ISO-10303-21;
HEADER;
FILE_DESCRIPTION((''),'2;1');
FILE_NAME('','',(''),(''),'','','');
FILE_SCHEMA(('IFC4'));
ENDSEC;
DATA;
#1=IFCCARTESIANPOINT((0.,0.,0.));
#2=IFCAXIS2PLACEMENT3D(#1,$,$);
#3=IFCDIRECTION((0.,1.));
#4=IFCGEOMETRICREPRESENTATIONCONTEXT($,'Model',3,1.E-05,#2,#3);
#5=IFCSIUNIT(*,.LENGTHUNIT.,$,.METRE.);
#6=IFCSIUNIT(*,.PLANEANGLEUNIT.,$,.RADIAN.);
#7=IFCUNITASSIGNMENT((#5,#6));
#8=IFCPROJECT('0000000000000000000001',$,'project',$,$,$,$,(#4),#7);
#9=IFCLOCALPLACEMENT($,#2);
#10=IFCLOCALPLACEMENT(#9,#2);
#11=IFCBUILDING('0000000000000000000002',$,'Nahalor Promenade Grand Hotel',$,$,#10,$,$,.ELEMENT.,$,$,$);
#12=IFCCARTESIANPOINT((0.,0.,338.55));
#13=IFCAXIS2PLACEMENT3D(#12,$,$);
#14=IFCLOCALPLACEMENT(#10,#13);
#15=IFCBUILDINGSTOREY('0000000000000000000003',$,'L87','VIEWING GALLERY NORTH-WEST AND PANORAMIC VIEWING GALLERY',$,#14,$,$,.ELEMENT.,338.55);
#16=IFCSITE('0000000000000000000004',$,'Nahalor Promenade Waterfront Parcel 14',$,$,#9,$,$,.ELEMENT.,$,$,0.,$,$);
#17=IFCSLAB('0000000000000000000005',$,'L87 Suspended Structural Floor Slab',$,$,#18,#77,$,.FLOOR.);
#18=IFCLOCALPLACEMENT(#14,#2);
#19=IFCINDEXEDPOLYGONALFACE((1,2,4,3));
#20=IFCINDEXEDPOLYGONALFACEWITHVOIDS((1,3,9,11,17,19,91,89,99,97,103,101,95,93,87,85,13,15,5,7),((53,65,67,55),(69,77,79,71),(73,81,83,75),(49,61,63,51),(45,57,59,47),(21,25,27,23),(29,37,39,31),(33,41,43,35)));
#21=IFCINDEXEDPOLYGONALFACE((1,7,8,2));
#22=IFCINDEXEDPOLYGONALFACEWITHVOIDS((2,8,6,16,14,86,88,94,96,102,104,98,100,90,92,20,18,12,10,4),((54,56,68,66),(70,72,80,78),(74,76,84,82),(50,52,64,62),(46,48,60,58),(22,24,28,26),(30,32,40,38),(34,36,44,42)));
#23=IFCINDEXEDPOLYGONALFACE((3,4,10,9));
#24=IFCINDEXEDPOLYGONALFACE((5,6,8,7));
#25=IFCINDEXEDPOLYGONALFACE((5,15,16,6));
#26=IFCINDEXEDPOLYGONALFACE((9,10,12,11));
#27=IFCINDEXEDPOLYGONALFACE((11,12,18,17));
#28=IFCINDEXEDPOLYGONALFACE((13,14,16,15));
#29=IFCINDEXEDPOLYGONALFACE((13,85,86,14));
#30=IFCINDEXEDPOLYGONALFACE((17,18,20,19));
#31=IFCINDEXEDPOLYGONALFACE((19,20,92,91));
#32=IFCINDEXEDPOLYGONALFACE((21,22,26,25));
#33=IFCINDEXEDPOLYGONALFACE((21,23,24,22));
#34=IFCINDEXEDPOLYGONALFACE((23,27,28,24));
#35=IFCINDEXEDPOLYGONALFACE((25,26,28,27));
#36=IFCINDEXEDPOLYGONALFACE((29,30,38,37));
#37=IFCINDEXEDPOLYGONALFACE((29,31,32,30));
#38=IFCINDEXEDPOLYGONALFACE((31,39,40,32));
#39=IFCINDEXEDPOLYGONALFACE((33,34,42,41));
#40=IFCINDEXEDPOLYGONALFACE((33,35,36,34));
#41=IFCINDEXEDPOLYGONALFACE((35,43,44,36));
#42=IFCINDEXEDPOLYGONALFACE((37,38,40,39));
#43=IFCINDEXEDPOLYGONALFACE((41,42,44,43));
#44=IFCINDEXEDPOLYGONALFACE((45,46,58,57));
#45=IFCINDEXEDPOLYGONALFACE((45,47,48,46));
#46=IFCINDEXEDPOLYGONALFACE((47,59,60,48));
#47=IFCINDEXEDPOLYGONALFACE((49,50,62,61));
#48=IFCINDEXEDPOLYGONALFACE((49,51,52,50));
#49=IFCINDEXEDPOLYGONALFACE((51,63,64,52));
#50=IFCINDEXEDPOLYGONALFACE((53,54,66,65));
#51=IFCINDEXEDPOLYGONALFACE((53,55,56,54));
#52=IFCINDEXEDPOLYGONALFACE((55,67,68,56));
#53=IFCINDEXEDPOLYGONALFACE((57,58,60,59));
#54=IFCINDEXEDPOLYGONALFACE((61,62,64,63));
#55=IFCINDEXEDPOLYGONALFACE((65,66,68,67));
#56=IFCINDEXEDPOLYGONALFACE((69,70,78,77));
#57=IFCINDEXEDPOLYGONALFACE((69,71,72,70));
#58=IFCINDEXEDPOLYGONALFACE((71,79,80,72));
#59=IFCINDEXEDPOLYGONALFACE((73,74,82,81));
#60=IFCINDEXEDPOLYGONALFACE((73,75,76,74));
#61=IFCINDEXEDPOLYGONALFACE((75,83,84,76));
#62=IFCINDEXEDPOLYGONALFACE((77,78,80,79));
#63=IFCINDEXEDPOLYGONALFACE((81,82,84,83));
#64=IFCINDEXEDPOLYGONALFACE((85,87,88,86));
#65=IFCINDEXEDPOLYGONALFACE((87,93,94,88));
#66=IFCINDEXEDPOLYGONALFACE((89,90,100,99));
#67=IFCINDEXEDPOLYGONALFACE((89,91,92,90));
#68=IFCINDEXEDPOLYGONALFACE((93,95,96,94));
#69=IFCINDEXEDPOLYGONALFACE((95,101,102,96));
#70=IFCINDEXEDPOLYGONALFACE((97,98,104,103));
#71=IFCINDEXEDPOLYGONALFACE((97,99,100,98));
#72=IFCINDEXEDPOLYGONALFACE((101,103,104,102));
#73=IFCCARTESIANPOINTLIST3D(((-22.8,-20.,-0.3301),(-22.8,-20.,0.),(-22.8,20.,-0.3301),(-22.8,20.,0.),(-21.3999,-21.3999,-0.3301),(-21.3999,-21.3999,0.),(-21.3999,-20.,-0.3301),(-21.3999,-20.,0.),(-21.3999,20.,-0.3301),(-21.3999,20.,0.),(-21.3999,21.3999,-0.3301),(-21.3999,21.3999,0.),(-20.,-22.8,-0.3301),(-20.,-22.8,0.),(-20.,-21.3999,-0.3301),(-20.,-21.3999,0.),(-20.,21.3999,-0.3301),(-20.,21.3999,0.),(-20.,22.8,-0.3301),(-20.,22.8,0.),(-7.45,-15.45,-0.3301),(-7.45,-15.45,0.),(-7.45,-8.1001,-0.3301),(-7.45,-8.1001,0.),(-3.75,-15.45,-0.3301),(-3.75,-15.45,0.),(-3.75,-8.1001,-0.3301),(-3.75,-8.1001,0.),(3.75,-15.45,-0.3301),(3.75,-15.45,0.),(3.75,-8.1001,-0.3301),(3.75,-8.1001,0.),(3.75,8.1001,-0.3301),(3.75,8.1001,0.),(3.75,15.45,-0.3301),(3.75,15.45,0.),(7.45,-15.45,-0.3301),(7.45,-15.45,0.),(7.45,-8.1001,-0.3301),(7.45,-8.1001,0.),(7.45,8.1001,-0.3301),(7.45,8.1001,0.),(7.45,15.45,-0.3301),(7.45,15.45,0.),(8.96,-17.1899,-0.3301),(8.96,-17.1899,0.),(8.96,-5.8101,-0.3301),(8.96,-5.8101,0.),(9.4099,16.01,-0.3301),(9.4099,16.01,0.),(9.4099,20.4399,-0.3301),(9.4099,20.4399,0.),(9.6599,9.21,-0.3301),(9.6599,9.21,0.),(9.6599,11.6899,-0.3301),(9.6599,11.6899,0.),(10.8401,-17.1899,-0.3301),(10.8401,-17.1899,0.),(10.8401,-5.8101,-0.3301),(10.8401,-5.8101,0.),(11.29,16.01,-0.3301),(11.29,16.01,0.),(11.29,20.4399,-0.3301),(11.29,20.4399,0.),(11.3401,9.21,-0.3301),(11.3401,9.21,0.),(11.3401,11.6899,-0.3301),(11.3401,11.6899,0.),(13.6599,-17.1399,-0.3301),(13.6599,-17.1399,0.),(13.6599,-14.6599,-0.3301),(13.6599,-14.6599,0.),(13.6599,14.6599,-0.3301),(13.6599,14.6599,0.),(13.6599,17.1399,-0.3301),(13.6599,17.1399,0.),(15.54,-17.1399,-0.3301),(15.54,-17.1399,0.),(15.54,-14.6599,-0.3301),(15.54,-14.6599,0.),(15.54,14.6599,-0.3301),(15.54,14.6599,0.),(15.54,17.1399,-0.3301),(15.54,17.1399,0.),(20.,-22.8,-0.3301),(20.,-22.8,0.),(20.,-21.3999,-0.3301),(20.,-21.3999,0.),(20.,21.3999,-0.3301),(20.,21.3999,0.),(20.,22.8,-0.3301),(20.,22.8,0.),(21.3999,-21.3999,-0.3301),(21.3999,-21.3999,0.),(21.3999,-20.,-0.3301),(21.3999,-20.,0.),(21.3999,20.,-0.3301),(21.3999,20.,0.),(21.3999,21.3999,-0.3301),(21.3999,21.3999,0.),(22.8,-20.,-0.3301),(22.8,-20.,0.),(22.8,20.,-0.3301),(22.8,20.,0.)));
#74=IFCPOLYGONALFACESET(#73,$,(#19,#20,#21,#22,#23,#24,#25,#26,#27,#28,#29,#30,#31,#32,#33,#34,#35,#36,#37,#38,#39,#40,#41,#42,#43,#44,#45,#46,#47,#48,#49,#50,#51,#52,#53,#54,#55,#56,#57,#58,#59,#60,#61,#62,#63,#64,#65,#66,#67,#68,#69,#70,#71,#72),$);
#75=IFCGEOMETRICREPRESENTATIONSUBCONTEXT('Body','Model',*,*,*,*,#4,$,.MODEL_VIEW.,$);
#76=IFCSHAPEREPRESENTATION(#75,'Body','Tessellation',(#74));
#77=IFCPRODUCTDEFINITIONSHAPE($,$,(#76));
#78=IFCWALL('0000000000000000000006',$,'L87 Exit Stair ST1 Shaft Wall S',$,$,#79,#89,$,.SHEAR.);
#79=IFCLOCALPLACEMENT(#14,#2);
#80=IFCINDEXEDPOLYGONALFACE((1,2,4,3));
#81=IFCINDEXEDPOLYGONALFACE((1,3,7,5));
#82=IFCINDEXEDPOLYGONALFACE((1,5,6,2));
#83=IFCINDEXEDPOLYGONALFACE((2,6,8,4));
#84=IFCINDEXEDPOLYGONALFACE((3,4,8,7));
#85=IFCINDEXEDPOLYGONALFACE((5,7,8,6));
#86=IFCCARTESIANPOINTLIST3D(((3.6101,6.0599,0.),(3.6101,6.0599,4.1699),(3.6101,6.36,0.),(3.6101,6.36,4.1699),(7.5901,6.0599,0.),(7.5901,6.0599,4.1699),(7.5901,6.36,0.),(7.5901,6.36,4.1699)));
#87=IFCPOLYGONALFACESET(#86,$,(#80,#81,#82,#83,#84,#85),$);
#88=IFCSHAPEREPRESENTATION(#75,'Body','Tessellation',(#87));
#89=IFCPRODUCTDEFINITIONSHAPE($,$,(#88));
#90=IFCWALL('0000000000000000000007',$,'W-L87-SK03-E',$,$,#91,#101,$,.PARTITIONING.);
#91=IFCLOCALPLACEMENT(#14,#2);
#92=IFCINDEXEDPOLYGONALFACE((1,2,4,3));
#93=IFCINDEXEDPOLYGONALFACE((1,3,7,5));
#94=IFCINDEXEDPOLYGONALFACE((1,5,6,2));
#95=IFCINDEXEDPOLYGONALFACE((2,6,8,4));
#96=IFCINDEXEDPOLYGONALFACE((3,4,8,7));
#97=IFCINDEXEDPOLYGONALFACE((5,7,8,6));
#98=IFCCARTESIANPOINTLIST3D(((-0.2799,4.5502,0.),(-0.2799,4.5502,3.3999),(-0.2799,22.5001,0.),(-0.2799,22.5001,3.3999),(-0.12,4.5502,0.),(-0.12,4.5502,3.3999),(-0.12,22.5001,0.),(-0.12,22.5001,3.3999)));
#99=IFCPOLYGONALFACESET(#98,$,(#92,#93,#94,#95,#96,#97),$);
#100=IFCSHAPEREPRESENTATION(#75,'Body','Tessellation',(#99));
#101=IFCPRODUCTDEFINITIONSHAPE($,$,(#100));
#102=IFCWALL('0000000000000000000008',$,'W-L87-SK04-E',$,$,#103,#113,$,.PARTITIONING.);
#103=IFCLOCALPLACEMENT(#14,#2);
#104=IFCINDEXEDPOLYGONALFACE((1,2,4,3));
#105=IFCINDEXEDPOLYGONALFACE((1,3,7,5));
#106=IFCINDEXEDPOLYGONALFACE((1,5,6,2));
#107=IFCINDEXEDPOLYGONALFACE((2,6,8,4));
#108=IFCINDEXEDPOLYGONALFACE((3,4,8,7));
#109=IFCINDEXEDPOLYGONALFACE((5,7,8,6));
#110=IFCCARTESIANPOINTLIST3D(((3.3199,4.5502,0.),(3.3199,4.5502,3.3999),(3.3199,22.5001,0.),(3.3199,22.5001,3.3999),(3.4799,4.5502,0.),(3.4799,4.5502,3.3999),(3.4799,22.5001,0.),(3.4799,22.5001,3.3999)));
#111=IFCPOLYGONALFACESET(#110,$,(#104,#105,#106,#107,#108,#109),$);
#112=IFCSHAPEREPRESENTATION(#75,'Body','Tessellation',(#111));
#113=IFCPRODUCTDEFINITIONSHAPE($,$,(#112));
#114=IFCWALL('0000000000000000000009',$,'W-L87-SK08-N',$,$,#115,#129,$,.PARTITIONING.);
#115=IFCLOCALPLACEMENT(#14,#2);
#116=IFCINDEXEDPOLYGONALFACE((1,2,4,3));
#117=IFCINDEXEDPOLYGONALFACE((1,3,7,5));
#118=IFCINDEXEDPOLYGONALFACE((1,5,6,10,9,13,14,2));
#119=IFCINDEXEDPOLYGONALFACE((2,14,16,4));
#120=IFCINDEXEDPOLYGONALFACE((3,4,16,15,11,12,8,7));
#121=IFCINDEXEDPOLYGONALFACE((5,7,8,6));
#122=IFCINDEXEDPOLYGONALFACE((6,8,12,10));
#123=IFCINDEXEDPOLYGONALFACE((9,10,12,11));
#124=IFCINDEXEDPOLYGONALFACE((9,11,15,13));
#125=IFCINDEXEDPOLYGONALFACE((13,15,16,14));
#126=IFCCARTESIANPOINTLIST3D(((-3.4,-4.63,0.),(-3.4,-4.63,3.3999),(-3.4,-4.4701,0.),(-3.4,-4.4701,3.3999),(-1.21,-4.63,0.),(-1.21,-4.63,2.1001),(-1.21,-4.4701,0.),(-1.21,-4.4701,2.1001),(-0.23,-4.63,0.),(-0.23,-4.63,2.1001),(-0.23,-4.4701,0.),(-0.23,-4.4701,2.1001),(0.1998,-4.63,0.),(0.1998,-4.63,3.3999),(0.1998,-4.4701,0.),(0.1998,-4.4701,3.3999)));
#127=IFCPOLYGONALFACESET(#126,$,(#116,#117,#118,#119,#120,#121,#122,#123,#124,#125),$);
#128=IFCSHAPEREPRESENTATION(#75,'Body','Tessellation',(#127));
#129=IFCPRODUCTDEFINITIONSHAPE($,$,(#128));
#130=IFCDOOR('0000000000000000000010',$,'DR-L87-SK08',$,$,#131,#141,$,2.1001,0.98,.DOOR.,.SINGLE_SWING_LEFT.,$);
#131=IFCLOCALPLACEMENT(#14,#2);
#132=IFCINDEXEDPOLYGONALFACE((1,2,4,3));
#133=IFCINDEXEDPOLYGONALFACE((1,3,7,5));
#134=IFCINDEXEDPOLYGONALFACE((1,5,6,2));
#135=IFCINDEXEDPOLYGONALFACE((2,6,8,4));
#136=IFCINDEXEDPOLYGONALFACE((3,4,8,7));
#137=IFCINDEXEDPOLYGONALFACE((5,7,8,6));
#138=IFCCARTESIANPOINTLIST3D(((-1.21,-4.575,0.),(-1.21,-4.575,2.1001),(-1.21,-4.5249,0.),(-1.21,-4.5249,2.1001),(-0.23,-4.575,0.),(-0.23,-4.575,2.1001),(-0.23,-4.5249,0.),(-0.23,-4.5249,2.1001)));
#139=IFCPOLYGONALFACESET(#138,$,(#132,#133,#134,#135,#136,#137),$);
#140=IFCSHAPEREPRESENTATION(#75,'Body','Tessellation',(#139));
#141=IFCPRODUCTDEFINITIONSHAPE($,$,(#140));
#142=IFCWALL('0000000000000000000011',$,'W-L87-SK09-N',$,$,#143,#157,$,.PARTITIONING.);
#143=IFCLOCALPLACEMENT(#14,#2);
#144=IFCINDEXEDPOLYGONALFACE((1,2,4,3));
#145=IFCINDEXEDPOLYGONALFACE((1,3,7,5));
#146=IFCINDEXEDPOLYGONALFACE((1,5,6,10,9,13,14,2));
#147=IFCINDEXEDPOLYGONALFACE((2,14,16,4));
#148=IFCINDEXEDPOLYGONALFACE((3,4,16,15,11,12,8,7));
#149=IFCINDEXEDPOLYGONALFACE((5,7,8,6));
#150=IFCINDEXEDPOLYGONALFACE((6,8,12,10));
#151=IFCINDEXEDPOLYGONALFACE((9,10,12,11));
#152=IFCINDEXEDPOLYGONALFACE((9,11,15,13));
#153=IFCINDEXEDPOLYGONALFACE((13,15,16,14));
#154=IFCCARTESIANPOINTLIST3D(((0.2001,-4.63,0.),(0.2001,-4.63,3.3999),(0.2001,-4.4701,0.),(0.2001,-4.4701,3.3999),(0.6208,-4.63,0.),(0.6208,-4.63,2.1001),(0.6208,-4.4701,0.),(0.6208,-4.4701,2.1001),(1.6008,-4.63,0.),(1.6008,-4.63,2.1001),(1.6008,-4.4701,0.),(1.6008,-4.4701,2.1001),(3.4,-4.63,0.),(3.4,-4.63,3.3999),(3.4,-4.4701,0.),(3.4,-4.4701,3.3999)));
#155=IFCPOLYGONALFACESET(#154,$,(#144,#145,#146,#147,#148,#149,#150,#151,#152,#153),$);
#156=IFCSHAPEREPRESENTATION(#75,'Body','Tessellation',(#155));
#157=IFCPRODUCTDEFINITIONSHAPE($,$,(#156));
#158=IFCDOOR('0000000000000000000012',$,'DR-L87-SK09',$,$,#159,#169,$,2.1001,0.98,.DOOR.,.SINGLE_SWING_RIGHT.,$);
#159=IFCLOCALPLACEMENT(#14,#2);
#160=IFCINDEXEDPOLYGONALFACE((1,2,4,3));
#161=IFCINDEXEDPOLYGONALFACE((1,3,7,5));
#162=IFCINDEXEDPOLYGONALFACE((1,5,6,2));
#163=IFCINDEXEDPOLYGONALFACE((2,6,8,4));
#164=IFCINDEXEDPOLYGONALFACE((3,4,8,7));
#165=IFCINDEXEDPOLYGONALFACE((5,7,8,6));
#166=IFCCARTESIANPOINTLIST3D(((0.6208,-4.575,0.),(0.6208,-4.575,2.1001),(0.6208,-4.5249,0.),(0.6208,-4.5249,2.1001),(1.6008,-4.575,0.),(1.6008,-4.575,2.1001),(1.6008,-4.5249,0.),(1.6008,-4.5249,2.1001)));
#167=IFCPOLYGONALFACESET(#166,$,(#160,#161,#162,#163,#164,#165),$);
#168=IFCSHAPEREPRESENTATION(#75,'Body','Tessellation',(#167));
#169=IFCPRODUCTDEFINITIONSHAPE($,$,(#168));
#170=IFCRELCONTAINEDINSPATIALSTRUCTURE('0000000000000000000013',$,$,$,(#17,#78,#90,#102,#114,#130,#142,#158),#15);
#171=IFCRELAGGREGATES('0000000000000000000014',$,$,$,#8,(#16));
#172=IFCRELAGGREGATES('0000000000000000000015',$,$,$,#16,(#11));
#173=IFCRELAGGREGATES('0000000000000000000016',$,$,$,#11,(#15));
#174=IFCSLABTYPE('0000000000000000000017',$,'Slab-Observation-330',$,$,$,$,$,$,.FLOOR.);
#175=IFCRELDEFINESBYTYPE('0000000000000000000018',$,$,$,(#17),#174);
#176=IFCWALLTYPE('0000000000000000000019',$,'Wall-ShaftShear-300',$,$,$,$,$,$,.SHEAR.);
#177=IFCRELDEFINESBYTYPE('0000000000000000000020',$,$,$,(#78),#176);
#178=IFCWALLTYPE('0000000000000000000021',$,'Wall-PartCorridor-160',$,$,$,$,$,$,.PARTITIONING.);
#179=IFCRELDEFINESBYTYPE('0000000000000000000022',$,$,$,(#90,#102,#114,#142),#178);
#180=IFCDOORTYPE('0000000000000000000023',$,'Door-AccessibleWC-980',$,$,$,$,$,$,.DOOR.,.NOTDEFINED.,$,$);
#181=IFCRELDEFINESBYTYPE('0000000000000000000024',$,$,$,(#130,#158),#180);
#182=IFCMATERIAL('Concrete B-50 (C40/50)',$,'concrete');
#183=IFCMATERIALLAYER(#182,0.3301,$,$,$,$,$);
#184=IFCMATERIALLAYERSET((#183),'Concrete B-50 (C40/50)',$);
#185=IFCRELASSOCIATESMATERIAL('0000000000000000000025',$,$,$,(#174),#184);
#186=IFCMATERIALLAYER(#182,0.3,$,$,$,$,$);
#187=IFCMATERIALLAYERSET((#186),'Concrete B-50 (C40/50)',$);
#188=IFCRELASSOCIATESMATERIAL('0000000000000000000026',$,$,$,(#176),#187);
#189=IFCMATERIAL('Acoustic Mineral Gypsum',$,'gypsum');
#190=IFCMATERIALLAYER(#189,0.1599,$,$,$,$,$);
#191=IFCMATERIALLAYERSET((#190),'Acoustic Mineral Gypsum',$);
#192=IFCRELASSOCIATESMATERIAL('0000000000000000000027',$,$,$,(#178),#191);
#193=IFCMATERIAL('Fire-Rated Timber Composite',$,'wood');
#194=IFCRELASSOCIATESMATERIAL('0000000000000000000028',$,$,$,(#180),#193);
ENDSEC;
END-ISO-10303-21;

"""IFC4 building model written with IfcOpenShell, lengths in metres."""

from ifc_helpers import new_model, si_unit, direction, frame, frame_2d, origin, place, context, subcontext, project, spatial, polyline, rectangle, outline, extrude, source, transform, mapped, material, layer, layer_set, type_object, element, fill, save


model = new_model("IFC4")

# Units and contexts
model_context = context("Model", 3, precision=1e-05, world=origin(), true_north=direction((0.0, 1.0)))
body_context = subcontext(model_context, "Body", "Model", "MODEL_VIEW")
ifc_project = project(units=[si_unit("LENGTHUNIT", "METRE"), si_unit("PLANEANGLEUNIT", "RADIAN")], contexts=[model_context])

# Site, building, storey
site_placement = place(None, origin())
site = spatial("IfcSite", under=ifc_project, at=site_placement, Name="Nahalor Promenade Waterfront Parcel 14", CompositionType="ELEMENT", RefElevation=0.0)
building_placement = place(site_placement, origin())
building = spatial("IfcBuilding", under=site, at=building_placement, Name="Nahalor Promenade Grand Hotel", CompositionType="ELEMENT")
storey_placement = place(building_placement, frame((0.0, 0.0, 338.55)))
storey = spatial("IfcBuildingStorey", under=building, at=storey_placement, Name="L87", Description="VIEWING GALLERY NORTH-WEST AND PANORAMIC VIEWING GALLERY", CompositionType="ELEMENT", Elevation=338.55)

# Shared definitions
ifc_material_1 = material(Name="Concrete B-50 (C40/50)", Category="concrete")

# Slab
ifc_layer_1 = layer(ifc_material_1, 0.3301)
ifc_layer_set_1 = layer_set([ifc_layer_1], Name="Concrete B-50 (C40/50)")
slab_type_1 = type_object("IfcSlabType", Name="Slab-Observation-330", PredefinedType="FLOOR", material=ifc_layer_set_1)
slab_1_placement = place(storey_placement, frame((0.0, 0.0, -0.3301)))
element("IfcSlab", 1, at=slab_1_placement, inside=storey, type_object=slab_type_1, Name="L87 Suspended Structural Floor Slab", PredefinedType="FLOOR", context=body_context, shape_type="SweptSolid", body=[
    extrude(outline(polyline([(-20.0, -22.8), (20.0, -22.8), (20.0, -21.3999), (21.3999, -21.3999), (21.3999, -20.0), (22.8, -20.0), (22.8, 20.0), (21.3999, 20.0), (21.3999, 21.3999), (20.0, 21.3999), (20.0, 22.8), (-20.0, 22.8), (-20.0, 21.3999), (-21.3999, 21.3999), (-21.3999, 20.0), (-22.8, 20.0), (-22.8, -20.0), (-21.3999, -20.0), (-21.3999, -21.3999), (-20.0, -21.3999), (-20.0, -22.8)]), holes=[polyline([(3.75, 8.1001), (7.45, 8.1001), (7.45, 15.45), (3.75, 15.45), (3.75, 8.1001)]), polyline([(3.75, -15.45), (7.45, -15.45), (7.45, -8.1001), (3.75, -8.1001), (3.75, -15.45)]), polyline([(-7.45, -15.45), (-3.75, -15.45), (-3.75, -8.1001), (-7.45, -8.1001), (-7.45, -15.45)]), polyline([(8.96, -17.1899), (10.8401, -17.1899), (10.8401, -5.8101), (8.96, -5.8101), (8.96, -17.1899)]), polyline([(9.4099, 16.01), (11.29, 16.01), (11.29, 20.4399), (9.4099, 20.4399), (9.4099, 16.01)]), polyline([(9.6599, 9.21), (11.3401, 9.21), (11.3401, 11.6899), (9.6599, 11.6899), (9.6599, 9.21)]), polyline([(13.6599, 14.6599), (15.54, 14.6599), (15.54, 17.1399), (13.6599, 17.1399), (13.6599, 14.6599)]), polyline([(13.6599, -17.1399), (15.54, -17.1399), (15.54, -14.6599), (13.6599, -14.6599), (13.6599, -17.1399)])]), origin(), (0.0, 0.0, 1.0), 0.3301),
])

# Wall
ifc_layer_2 = layer(ifc_material_1, 0.3)
ifc_layer_set_2 = layer_set([ifc_layer_2], Name="Concrete B-50 (C40/50)")
wall_type_1 = type_object("IfcWallType", Name="Wall-ShaftShear-300", PredefinedType="SHEAR", material=ifc_layer_set_2)
shared_shape_1 = source(origin(), body_context, "Body", "SweptSolid", [
    extrude(rectangle(XDim=3.98, YDim=0.3, at=frame_2d((1.99, 0.0))), origin(), (0.0, 0.0, 1.0), 4.1699),
])
wall_1_placement = place(storey_placement, frame((3.6101, 6.21, 0.0), z_axis=(0.0, 0.0, 1.0), x_axis=(1.0, 0.0, 0.0)))
element("IfcWall", 2, at=wall_1_placement, inside=storey, type_object=wall_type_1, Name="L87 Exit Stair ST1 Shaft Wall S", PredefinedType="SHEAR", context=body_context, shape_type="MappedRepresentation", body=[
    mapped(shared_shape_1, transform((0.0, 0.0, 0.0), scale=1.0)),
])

# Shared definitions
ifc_material_2 = material(Name="Acoustic Mineral Gypsum", Category="gypsum")
ifc_layer_3 = layer(ifc_material_2, 0.1599)
ifc_layer_set_3 = layer_set([ifc_layer_3], Name="Acoustic Mineral Gypsum")
wall_type_2 = type_object("IfcWallType", Name="Wall-PartCorridor-160", PredefinedType="PARTITIONING", material=ifc_layer_set_3)
ifc_material_3 = material(Name="Fire-Rated Timber Composite", Category="wood")

# Walls
shared_shape_2 = source(origin(), body_context, "Body", "SweptSolid", [
    extrude(rectangle(XDim=17.95, YDim=0.1599, at=frame_2d((8.9751, 0.0))), origin(), (0.0, 0.0, 1.0), 3.3999),
])
for number, where, z_axis, x_axis, name in (
    (3, (-0.2, 4.55, 0.0), (0.0, 0.0, 1.0), (0.0, 1.0, 0.0), "W-L87-SK03-E"),
    (4, (3.3999, 4.55, 0.0), (0.0, 0.0, 1.0), (0.0, 1.0, 0.0), "W-L87-SK04-E"),
):
    element("IfcWall", number, at=place(storey_placement, frame(where, z_axis=z_axis, x_axis=x_axis)), inside=storey, type_object=wall_type_2, Name=name, PredefinedType="PARTITIONING", context=body_context, shape_type="MappedRepresentation", body=[
        mapped(shared_shape_2, transform((0.0, 0.0, 0.0), scale=1.0)),
    ])

# Walls, openings, doors
shared_shape_3 = source(origin(), body_context, "Body", "SweptSolid", [
    extrude(rectangle(XDim=3.5999, YDim=0.1599, at=frame_2d((1.7998, 0.0))), origin(), (0.0, 0.0, 1.0), 3.3999),
])
wall_2_placement = place(storey_placement, frame((-3.3999, -4.55, 0.0), z_axis=(0.0, 0.0, 1.0), x_axis=(1.0, 0.0, 0.0)))
wall_2 = element("IfcWall", 5, at=wall_2_placement, inside=storey, type_object=wall_type_2, Name="W-L87-SK08-N", PredefinedType="PARTITIONING", context=body_context, shape_type="MappedRepresentation", body=[
    mapped(shared_shape_3, transform((0.0, 0.0, 0.0), scale=1.0)),
])
opening_1_placement = place(wall_2_placement, frame((2.1899, 0.0, 0.0)))
opening_1 = element("IfcOpeningElement", 6, at=opening_1_placement, cuts=wall_2, PredefinedType="OPENING", context=body_context, shape_type="SweptSolid", body=[
    extrude(rectangle(XDim=0.98, YDim=2.1001, at=frame_2d((0.49, 1.05))), frame((0.0, 0.0898, 0.0), z_axis=(0.0, -1.0, 0.0), x_axis=(1.0, 0.0, 0.0)), (0.0, 0.0, 1.0), 0.1799),
])
door_type_1 = type_object("IfcDoorType", Name="Door-AccessibleWC-980", OperationType="NOTDEFINED", PredefinedType="DOOR", material=ifc_material_3)
shared_shape_4 = source(origin(), body_context, "Body", "SweptSolid", [
    extrude(rectangle(XDim=0.98, YDim=2.1001, at=frame_2d((0.49, 1.05))), frame((0.0, 0.0249, 0.0), z_axis=(0.0, -1.0, 0.0), x_axis=(1.0, 0.0, 0.0)), (0.0, 0.0, 1.0), 0.05),
])
door_1_placement = place(opening_1_placement, frame((0.98, 0.0, 0.0), z_axis=(0.0, 0.0, 1.0), x_axis=(-1.0, 0.0, 0.0)))
door_1 = element("IfcDoor", 7, at=door_1_placement, inside=storey, type_object=door_type_1, Name="DR-L87-SK08", OperationType="SINGLE_SWING_LEFT", OverallHeight=2.1001, OverallWidth=0.98, PredefinedType="DOOR", context=body_context, shape_type="MappedRepresentation", body=[
    mapped(shared_shape_4, transform((0.0, 0.0, 0.0), scale=1.0)),
])
fill(opening_1, door_1)
shared_shape_5 = source(origin(), body_context, "Body", "SweptSolid", [
    extrude(rectangle(XDim=3.2, YDim=0.1599, at=frame_2d((1.6001, 0.0))), origin(), (0.0, 0.0, 1.0), 3.3999),
])
wall_3_placement = place(storey_placement, frame((0.2, -4.55, 0.0), z_axis=(0.0, 0.0, 1.0), x_axis=(1.0, 0.0, 0.0)))
wall_3 = element("IfcWall", 8, at=wall_3_placement, inside=storey, type_object=wall_type_2, Name="W-L87-SK09-N", PredefinedType="PARTITIONING", context=body_context, shape_type="MappedRepresentation", body=[
    mapped(shared_shape_5, transform((0.0, 0.0, 0.0), scale=1.0)),
])
opening_2_placement = place(wall_3_placement, frame((0.4209, 0.0, 0.0)))
opening_2 = element("IfcOpeningElement", 9, at=opening_2_placement, cuts=wall_3, PredefinedType="OPENING", context=body_context, shape_type="SweptSolid", body=[
    extrude(rectangle(XDim=0.98, YDim=2.1001, at=frame_2d((0.49, 1.05))), frame((0.0, 0.0898, 0.0), z_axis=(0.0, -1.0, 0.0), x_axis=(1.0, 0.0, 0.0)), (0.0, 0.0, 1.0), 0.1799),
])
door_2_placement = place(opening_2_placement, frame((0.98, 0.0, 0.0), z_axis=(0.0, 0.0, 1.0), x_axis=(-1.0, 0.0, 0.0)))
door_2 = element("IfcDoor", 10, at=door_2_placement, inside=storey, type_object=door_type_1, Name="DR-L87-SK09", OperationType="SINGLE_SWING_RIGHT", OverallHeight=2.1001, OverallWidth=0.98, PredefinedType="DOOR", context=body_context, shape_type="MappedRepresentation", body=[
    mapped(shared_shape_4, transform((0.0, 0.0, 0.0), scale=1.0)),
])
fill(opening_2, door_2)

save(model, "model.ifc")
